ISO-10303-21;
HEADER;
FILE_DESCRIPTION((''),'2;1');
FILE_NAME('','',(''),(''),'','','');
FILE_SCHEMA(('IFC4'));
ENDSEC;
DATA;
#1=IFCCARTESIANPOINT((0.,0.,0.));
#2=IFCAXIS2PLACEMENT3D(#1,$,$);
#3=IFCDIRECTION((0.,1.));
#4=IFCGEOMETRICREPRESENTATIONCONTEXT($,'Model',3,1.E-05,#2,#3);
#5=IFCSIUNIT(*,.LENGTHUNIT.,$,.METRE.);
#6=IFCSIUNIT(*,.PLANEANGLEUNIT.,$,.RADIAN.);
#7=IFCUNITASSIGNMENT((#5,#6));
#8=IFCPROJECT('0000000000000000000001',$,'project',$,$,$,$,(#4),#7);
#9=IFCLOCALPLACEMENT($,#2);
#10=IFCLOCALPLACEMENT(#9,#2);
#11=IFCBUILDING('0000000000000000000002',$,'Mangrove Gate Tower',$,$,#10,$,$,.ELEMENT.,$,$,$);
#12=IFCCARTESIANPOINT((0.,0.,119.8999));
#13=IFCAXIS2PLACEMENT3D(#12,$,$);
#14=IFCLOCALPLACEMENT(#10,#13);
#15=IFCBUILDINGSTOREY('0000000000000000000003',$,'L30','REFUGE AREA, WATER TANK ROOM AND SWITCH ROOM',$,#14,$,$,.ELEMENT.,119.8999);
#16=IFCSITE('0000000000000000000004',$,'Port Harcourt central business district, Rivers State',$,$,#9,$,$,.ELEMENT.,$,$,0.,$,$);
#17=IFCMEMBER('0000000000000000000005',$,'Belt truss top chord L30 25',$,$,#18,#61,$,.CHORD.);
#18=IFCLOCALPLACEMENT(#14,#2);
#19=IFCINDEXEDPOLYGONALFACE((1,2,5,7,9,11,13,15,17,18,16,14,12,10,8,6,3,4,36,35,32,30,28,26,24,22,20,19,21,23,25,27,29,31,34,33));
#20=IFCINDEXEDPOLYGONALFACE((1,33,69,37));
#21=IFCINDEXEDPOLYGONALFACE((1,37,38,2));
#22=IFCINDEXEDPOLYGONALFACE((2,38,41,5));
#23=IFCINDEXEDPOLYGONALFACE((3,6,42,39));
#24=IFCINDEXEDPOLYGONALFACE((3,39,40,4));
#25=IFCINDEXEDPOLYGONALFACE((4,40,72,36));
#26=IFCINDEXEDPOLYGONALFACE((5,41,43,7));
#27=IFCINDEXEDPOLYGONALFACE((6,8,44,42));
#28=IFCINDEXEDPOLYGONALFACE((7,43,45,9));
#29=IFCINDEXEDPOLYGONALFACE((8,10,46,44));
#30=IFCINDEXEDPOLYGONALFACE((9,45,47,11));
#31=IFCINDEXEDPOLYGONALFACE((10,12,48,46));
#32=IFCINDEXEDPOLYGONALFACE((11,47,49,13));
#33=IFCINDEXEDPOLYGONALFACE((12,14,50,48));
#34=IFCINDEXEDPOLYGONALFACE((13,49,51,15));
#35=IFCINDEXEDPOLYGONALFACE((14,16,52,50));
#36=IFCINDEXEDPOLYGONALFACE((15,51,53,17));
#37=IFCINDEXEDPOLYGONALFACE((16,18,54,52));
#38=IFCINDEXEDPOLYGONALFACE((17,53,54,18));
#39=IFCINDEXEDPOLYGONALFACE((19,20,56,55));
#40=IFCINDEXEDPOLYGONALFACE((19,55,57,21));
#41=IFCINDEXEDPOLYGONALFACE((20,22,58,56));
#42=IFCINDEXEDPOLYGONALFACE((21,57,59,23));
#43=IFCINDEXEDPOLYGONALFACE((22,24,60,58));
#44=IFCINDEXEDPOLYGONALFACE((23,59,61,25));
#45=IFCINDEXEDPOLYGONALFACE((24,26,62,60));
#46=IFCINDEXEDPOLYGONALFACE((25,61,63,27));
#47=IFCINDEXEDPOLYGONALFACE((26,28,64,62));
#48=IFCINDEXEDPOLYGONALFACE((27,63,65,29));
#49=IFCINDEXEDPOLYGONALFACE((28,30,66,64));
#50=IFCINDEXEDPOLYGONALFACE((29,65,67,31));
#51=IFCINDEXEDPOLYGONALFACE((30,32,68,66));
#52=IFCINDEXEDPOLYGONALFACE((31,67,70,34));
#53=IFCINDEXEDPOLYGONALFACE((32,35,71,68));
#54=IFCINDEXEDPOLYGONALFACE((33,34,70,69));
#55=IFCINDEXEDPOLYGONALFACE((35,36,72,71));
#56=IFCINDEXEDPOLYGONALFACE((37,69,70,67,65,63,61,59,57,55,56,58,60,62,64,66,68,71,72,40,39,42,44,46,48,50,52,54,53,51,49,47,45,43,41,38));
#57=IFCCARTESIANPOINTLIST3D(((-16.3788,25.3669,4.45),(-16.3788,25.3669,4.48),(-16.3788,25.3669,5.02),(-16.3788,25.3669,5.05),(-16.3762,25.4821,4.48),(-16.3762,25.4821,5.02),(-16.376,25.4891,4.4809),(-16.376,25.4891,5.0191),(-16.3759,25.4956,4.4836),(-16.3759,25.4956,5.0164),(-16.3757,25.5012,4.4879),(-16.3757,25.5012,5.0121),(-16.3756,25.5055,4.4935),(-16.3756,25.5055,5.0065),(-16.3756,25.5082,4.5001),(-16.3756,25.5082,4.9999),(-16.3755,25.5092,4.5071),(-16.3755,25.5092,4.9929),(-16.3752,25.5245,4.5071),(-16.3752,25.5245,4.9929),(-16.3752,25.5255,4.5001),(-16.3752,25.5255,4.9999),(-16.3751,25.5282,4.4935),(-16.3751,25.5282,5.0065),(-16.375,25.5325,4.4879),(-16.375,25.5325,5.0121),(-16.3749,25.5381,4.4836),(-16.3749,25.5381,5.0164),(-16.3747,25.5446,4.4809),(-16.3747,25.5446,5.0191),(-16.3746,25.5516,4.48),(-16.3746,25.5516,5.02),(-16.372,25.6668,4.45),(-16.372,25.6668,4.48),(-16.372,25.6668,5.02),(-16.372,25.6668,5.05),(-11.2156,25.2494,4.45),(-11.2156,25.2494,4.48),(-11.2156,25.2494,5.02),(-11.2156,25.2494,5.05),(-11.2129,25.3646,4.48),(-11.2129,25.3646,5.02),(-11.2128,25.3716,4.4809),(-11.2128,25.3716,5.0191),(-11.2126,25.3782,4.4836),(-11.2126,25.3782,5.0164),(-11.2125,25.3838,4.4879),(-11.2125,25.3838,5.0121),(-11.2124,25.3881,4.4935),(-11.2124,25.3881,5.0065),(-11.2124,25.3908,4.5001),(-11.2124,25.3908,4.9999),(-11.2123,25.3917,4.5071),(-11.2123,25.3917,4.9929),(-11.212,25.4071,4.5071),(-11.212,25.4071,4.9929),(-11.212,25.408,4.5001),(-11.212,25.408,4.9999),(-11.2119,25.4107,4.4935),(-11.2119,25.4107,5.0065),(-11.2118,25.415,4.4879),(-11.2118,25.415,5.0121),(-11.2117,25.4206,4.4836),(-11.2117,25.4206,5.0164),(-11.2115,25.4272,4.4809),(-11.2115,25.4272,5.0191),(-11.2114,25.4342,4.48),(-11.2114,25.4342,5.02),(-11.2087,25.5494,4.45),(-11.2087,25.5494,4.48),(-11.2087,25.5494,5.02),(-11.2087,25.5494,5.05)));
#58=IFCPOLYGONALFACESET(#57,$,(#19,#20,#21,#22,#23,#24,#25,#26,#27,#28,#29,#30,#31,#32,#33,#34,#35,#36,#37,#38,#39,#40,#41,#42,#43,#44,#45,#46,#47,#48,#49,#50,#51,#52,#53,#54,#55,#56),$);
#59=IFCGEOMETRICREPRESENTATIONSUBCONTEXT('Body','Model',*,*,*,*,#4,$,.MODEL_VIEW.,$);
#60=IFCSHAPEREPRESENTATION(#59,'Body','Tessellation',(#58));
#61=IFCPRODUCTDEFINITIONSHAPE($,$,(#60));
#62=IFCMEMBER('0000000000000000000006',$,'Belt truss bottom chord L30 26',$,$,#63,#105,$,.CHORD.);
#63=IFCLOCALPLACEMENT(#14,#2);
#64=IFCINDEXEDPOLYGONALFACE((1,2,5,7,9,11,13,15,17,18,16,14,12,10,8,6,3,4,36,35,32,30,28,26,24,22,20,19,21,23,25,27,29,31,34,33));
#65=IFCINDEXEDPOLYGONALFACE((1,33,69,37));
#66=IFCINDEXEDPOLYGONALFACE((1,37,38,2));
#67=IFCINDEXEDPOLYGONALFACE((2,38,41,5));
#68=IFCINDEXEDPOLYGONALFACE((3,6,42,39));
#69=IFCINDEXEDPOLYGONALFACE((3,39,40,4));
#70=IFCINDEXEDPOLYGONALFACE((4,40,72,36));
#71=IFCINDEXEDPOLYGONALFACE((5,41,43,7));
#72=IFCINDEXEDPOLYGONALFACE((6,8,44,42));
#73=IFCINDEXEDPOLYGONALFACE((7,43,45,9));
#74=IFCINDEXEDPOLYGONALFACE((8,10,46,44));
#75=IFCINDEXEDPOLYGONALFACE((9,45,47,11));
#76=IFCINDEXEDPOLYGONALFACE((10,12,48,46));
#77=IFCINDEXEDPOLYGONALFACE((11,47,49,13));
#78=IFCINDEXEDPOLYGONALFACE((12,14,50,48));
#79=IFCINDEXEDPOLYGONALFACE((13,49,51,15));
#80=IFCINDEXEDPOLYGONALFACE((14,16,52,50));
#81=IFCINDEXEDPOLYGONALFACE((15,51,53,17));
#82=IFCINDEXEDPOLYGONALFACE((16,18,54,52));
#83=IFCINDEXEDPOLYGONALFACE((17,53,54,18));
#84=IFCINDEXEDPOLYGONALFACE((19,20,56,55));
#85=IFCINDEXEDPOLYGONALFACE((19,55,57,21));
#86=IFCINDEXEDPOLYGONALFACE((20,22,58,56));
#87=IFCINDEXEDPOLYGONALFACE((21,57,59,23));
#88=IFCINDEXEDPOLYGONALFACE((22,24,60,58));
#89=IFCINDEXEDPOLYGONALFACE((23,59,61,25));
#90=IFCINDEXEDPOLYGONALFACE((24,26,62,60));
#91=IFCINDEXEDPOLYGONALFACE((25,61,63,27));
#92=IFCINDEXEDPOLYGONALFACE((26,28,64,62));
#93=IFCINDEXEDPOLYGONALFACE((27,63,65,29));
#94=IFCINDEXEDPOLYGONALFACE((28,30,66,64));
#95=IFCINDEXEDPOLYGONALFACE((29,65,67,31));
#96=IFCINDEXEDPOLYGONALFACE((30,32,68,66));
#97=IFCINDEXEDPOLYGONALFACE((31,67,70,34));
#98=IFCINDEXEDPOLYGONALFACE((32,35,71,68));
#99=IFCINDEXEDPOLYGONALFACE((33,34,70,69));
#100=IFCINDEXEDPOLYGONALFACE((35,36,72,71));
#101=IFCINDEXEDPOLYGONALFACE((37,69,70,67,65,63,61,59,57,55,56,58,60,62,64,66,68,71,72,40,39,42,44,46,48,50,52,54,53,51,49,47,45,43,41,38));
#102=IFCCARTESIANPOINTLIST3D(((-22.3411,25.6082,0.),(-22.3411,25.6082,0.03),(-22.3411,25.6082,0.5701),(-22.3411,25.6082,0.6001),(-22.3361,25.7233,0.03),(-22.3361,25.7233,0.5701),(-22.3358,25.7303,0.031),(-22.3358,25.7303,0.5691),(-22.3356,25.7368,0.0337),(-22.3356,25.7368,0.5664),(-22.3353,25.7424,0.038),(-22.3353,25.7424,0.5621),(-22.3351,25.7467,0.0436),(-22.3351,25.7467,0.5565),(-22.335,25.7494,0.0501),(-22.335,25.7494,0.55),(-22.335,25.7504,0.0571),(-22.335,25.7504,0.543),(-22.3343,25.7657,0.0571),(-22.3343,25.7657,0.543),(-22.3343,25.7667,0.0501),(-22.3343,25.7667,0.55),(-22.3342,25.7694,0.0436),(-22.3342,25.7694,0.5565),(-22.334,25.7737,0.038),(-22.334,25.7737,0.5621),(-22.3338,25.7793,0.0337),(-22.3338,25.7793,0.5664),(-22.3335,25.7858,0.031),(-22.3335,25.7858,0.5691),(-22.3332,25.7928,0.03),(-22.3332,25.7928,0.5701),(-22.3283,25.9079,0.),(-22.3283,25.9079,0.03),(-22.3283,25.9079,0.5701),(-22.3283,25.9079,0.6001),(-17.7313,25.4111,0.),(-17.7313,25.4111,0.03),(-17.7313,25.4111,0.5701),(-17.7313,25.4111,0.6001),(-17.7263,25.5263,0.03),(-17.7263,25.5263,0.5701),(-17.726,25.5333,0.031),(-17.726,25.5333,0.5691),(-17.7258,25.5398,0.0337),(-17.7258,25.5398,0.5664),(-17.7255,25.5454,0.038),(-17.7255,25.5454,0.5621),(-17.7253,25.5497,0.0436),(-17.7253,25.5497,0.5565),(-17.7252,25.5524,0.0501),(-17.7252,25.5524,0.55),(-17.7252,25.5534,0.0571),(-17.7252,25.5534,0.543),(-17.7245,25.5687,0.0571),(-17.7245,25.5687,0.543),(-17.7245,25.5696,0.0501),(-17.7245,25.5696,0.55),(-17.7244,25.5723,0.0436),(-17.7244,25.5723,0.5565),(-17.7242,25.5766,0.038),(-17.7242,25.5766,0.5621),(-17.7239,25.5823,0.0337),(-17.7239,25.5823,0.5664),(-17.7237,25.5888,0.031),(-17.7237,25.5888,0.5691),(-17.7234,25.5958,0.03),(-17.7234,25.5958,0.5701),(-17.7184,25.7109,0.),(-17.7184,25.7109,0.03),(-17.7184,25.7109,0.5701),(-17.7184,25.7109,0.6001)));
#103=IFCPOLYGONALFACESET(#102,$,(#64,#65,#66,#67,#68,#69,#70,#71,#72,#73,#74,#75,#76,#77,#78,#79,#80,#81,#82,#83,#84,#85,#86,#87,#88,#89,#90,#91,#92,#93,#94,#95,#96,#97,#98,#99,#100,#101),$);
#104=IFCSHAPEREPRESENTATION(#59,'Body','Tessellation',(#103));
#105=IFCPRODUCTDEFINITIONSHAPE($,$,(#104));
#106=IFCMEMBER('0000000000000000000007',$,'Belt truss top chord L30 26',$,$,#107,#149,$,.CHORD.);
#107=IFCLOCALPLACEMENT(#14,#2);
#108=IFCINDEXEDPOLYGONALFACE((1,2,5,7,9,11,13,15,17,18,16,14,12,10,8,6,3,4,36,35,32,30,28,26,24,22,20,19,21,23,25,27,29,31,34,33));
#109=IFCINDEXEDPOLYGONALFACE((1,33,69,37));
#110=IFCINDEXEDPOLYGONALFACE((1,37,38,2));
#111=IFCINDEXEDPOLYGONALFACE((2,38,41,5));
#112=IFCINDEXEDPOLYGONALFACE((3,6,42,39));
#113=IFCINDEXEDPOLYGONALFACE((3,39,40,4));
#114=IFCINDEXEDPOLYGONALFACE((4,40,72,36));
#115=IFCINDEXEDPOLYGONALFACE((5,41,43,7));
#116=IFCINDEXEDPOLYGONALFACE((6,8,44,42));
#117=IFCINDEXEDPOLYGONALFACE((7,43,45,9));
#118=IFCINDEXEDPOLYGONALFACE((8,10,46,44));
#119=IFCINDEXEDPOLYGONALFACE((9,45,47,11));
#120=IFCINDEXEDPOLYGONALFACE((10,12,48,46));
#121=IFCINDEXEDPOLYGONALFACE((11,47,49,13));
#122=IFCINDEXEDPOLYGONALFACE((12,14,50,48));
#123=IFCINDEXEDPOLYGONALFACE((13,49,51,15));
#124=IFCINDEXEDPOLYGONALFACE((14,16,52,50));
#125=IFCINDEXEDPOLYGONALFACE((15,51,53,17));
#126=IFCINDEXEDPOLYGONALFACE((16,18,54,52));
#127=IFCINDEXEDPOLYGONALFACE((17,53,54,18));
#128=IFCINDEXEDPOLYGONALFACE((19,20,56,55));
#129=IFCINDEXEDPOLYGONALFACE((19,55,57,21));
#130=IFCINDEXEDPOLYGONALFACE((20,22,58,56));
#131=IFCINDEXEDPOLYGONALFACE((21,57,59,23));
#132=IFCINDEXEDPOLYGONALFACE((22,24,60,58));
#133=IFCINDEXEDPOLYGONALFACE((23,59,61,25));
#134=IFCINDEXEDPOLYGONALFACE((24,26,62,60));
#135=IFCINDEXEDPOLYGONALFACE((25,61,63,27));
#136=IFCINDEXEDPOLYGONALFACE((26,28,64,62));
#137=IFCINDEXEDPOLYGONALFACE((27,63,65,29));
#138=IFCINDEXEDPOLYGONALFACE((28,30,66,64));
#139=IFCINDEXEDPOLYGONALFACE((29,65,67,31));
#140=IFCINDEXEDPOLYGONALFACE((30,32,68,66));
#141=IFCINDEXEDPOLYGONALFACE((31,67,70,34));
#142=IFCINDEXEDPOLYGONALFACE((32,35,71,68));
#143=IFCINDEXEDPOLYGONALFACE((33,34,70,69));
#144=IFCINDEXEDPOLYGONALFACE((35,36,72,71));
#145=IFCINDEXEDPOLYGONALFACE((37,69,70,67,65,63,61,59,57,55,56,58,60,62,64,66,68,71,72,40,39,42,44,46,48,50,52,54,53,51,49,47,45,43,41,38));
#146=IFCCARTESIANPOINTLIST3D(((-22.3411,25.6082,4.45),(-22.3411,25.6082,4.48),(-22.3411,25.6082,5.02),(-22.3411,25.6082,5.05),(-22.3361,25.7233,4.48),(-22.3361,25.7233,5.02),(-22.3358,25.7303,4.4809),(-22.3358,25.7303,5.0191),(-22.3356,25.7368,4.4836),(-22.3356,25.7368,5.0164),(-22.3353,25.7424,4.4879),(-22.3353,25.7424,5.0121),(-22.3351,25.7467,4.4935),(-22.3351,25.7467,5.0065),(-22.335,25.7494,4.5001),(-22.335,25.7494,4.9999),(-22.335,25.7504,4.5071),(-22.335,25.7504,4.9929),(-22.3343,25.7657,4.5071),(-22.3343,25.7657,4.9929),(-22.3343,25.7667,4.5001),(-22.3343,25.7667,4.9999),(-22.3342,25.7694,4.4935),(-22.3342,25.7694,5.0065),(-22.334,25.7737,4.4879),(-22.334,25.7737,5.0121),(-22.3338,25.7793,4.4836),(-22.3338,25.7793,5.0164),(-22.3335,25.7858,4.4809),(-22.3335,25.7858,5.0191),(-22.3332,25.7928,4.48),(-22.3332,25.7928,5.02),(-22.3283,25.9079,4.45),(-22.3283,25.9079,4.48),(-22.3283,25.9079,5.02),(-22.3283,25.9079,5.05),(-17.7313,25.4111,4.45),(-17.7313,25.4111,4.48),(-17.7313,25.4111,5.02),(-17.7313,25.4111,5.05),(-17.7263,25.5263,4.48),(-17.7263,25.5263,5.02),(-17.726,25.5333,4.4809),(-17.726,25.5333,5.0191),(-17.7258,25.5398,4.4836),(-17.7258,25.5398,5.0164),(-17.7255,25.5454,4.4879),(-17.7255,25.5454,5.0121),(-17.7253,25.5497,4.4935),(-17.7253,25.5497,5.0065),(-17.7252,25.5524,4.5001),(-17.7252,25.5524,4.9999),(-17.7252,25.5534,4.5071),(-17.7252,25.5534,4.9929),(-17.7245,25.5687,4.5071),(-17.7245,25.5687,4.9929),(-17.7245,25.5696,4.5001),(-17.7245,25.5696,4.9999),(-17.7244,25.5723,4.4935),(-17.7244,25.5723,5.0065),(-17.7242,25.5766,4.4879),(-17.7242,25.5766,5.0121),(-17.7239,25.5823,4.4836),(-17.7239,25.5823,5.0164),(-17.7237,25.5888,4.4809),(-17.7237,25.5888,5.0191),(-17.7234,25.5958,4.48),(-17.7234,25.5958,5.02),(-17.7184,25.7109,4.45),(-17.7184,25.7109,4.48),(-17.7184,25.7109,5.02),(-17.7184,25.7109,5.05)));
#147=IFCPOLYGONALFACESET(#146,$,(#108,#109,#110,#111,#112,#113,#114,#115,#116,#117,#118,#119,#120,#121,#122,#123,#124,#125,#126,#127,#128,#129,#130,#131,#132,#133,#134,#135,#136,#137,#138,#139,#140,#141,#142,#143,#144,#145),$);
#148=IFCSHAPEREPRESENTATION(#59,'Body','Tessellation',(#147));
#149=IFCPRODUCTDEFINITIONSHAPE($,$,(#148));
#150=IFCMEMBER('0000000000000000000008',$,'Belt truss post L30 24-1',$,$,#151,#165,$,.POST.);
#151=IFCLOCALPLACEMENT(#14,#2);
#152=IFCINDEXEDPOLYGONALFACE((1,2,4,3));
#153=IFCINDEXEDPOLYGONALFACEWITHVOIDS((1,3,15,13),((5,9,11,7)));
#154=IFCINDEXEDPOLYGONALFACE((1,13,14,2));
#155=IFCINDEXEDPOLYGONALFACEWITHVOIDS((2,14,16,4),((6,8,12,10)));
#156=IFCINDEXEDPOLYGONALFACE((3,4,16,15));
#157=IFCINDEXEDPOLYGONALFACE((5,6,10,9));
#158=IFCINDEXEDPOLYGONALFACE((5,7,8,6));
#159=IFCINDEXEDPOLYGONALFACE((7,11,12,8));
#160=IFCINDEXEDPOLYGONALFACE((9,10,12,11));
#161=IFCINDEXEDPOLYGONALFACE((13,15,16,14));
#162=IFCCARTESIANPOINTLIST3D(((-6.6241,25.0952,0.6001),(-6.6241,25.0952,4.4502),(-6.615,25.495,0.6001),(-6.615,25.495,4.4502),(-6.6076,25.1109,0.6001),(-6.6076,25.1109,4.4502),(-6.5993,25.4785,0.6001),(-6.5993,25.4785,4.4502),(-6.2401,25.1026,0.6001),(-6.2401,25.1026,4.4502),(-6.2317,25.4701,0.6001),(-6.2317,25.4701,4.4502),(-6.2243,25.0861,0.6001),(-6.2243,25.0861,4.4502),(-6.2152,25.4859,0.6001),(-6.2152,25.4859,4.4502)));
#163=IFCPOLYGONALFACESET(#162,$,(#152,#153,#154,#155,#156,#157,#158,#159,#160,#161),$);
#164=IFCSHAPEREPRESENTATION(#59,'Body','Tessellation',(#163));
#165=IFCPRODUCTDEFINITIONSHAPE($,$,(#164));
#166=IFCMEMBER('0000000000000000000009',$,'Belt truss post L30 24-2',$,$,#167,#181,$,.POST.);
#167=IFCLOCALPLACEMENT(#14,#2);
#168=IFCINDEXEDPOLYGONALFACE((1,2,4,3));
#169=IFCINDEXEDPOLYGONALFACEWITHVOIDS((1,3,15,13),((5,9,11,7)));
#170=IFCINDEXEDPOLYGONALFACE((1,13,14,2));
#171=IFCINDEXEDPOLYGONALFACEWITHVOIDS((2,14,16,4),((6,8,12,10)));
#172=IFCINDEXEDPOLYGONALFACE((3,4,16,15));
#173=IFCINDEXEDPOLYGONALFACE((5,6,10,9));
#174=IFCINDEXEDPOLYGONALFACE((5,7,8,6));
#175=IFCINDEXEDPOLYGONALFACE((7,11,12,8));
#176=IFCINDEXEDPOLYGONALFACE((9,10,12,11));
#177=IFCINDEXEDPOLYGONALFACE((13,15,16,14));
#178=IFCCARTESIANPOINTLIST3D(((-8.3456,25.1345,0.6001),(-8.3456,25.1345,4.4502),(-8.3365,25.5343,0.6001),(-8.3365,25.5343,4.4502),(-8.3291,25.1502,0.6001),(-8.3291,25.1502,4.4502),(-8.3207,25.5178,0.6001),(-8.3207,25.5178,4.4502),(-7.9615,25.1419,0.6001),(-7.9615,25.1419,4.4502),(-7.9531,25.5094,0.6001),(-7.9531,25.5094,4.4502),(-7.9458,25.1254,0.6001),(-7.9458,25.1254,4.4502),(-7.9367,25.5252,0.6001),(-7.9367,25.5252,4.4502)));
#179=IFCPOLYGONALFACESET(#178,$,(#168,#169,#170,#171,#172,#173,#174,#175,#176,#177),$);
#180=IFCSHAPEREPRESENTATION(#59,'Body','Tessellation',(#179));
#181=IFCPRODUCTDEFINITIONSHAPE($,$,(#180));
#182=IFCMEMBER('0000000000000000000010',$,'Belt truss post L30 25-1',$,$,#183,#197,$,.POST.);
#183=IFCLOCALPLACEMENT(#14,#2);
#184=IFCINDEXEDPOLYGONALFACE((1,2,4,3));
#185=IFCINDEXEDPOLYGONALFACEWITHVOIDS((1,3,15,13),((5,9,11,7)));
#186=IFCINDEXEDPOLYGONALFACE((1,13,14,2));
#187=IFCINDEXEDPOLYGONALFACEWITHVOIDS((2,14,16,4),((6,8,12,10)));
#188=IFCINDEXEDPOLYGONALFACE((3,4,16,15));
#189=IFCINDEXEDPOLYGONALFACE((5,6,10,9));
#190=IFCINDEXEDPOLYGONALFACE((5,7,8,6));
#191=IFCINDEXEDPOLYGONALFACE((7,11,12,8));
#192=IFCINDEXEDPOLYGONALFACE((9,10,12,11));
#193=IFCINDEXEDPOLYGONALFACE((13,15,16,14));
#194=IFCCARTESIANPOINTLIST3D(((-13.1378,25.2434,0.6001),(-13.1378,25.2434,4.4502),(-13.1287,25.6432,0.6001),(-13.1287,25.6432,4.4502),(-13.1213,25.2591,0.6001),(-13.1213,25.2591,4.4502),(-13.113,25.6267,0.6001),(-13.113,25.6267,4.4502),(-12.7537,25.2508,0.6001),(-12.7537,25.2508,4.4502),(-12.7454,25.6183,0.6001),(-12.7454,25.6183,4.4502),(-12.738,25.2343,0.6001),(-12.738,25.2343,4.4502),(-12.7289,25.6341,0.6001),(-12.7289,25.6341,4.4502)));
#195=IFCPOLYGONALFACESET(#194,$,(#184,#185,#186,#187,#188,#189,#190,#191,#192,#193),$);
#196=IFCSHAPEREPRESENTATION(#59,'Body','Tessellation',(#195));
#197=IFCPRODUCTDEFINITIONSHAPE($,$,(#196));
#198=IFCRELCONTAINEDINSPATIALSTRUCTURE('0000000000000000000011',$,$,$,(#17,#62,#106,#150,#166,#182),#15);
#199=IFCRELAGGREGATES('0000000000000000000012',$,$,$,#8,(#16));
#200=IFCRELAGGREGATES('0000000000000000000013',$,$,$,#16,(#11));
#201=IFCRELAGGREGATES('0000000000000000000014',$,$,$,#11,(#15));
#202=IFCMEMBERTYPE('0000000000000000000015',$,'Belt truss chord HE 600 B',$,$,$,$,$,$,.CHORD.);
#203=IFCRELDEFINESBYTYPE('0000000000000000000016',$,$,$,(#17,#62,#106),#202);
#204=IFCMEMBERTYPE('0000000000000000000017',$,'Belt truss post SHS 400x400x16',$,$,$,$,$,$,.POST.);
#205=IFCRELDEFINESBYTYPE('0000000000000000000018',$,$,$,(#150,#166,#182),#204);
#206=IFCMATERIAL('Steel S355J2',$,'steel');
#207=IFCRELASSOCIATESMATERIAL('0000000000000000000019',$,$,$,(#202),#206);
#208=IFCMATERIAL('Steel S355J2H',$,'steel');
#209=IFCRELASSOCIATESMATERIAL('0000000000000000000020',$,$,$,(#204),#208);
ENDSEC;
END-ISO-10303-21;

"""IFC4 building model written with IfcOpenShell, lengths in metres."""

from ifc_helpers import new_model, si_unit, direction, frame, origin, origin_2d, place, context, subcontext, project, spatial, hollow_rectangle, i_section, extrude, material, material_profile, profile_set, type_object, element, save


model = new_model("IFC4")

# Units and contexts
model_context = context("Model", 3, precision=1e-05, world=origin(), true_north=direction((0.0, 1.0)))
body_context = subcontext(model_context, "Body", "Model", "MODEL_VIEW")
ifc_project = project(units=[si_unit("LENGTHUNIT", "METRE"), si_unit("PLANEANGLEUNIT", "RADIAN")], contexts=[model_context])

# Site, building, storey
site_placement = place(None, origin())
site = spatial("IfcSite", under=ifc_project, at=site_placement, Name="Port Harcourt central business district, Rivers State", CompositionType="ELEMENT", RefElevation=0.0)
building_placement = place(site_placement, origin())
building = spatial("IfcBuilding", under=site, at=building_placement, Name="Mangrove Gate Tower", CompositionType="ELEMENT")
storey_placement = place(building_placement, frame((0.0, 0.0, 119.8999)))
storey = spatial("IfcBuildingStorey", under=building, at=storey_placement, Name="L30", Description="REFUGE AREA, WATER TANK ROOM AND SWITCH ROOM", CompositionType="ELEMENT", Elevation=119.8999)

# Members
ifc_material_1 = material(Name="Steel S355J2", Category="steel")
ifc_material_profile_1 = material_profile(ifc_material_1, i_section(OverallWidth=0.3, OverallDepth=0.6001, WebThickness=0.0154, FlangeThickness=0.03, FilletRadius=0.0271, at=origin_2d()))
ifc_profile_set_1 = profile_set([ifc_material_profile_1], Name="Steel S355J2")
member_type_1 = type_object("IfcMemberType", Name="Belt truss chord HE 600 B", PredefinedType="CHORD", material=ifc_profile_set_1)
for number, where, z_axis, x_axis, name in (
    (1, (-11.2122, 25.3994, 4.75), (-0.999741, 0.022738, 0.0), (-0.022738, -0.999741, 0.0), "Belt truss top chord L30 25"),
):
    element("IfcMember", number, at=place(storey_placement, frame(where, z_axis=z_axis, x_axis=x_axis)), inside=storey, type_object=member_type_1, Name=name, PredefinedType="CHORD", context=body_context, shape_type="SweptSolid", body=[
        extrude(i_section(OverallWidth=0.3, OverallDepth=0.6001, WebThickness=0.0154, FlangeThickness=0.03, FilletRadius=0.0271, at=origin_2d()), origin(), (0.0, 0.0, 1.0), 5.1646),
    ])
for number, where, z_axis, x_axis, name in (
    (2, (-17.7249, 25.561, 0.3), (-0.999088, 0.0427, 0.0), (-0.0427, -0.999088, 0.0), "Belt truss bottom chord L30 26"),
    (3, (-17.7249, 25.561, 4.75), (-0.999088, 0.0427, 0.0), (-0.0427, -0.999088, 0.0), "Belt truss top chord L30 26"),
):
    element("IfcMember", number, at=place(storey_placement, frame(where, z_axis=z_axis, x_axis=x_axis)), inside=storey, type_object=member_type_1, Name=name, PredefinedType="CHORD", context=body_context, shape_type="SweptSolid", body=[
        extrude(i_section(OverallWidth=0.3, OverallDepth=0.6001, WebThickness=0.0154, FlangeThickness=0.03, FilletRadius=0.0271, at=origin_2d()), origin(), (0.0, 0.0, 1.0), 4.614),
    ])
ifc_material_2 = material(Name="Steel S355J2H", Category="steel")
ifc_material_profile_2 = material_profile(ifc_material_2, hollow_rectangle(XDim=0.3999, YDim=0.3999, WallThickness=0.0161, at=origin_2d()))
ifc_profile_set_2 = profile_set([ifc_material_profile_2], Name="Steel S355J2H")
member_type_2 = type_object("IfcMemberType", Name="Belt truss post SHS 400x400x16", PredefinedType="POST", material=ifc_profile_set_2)
for number, where, z_axis, x_axis, name in (
    (4, (-6.4197, 25.2905, 0.6001), (0.0, 0.0, 1.0), (-0.999742, 0.022714, 0.0), "Belt truss post L30 24-1"),
    (5, (-8.1411, 25.3298, 0.6001), (0.0, 0.0, 1.0), (-0.999742, 0.022714, 0.0), "Belt truss post L30 24-2"),
    (6, (-12.9333, 25.4387, 0.6001), (0.0, 0.0, 1.0), (-0.999742, 0.022718, 0.0), "Belt truss post L30 25-1"),
):
    element("IfcMember", number, at=place(storey_placement, frame(where, z_axis=z_axis, x_axis=x_axis)), inside=storey, type_object=member_type_2, Name=name, PredefinedType="POST", context=body_context, shape_type="SweptSolid", body=[
        extrude(hollow_rectangle(XDim=0.3999, YDim=0.3999, WallThickness=0.0161, at=origin_2d()), origin(), (0.0, 0.0, 1.0), 3.8501),
    ])

save(model, "model.ifc")
